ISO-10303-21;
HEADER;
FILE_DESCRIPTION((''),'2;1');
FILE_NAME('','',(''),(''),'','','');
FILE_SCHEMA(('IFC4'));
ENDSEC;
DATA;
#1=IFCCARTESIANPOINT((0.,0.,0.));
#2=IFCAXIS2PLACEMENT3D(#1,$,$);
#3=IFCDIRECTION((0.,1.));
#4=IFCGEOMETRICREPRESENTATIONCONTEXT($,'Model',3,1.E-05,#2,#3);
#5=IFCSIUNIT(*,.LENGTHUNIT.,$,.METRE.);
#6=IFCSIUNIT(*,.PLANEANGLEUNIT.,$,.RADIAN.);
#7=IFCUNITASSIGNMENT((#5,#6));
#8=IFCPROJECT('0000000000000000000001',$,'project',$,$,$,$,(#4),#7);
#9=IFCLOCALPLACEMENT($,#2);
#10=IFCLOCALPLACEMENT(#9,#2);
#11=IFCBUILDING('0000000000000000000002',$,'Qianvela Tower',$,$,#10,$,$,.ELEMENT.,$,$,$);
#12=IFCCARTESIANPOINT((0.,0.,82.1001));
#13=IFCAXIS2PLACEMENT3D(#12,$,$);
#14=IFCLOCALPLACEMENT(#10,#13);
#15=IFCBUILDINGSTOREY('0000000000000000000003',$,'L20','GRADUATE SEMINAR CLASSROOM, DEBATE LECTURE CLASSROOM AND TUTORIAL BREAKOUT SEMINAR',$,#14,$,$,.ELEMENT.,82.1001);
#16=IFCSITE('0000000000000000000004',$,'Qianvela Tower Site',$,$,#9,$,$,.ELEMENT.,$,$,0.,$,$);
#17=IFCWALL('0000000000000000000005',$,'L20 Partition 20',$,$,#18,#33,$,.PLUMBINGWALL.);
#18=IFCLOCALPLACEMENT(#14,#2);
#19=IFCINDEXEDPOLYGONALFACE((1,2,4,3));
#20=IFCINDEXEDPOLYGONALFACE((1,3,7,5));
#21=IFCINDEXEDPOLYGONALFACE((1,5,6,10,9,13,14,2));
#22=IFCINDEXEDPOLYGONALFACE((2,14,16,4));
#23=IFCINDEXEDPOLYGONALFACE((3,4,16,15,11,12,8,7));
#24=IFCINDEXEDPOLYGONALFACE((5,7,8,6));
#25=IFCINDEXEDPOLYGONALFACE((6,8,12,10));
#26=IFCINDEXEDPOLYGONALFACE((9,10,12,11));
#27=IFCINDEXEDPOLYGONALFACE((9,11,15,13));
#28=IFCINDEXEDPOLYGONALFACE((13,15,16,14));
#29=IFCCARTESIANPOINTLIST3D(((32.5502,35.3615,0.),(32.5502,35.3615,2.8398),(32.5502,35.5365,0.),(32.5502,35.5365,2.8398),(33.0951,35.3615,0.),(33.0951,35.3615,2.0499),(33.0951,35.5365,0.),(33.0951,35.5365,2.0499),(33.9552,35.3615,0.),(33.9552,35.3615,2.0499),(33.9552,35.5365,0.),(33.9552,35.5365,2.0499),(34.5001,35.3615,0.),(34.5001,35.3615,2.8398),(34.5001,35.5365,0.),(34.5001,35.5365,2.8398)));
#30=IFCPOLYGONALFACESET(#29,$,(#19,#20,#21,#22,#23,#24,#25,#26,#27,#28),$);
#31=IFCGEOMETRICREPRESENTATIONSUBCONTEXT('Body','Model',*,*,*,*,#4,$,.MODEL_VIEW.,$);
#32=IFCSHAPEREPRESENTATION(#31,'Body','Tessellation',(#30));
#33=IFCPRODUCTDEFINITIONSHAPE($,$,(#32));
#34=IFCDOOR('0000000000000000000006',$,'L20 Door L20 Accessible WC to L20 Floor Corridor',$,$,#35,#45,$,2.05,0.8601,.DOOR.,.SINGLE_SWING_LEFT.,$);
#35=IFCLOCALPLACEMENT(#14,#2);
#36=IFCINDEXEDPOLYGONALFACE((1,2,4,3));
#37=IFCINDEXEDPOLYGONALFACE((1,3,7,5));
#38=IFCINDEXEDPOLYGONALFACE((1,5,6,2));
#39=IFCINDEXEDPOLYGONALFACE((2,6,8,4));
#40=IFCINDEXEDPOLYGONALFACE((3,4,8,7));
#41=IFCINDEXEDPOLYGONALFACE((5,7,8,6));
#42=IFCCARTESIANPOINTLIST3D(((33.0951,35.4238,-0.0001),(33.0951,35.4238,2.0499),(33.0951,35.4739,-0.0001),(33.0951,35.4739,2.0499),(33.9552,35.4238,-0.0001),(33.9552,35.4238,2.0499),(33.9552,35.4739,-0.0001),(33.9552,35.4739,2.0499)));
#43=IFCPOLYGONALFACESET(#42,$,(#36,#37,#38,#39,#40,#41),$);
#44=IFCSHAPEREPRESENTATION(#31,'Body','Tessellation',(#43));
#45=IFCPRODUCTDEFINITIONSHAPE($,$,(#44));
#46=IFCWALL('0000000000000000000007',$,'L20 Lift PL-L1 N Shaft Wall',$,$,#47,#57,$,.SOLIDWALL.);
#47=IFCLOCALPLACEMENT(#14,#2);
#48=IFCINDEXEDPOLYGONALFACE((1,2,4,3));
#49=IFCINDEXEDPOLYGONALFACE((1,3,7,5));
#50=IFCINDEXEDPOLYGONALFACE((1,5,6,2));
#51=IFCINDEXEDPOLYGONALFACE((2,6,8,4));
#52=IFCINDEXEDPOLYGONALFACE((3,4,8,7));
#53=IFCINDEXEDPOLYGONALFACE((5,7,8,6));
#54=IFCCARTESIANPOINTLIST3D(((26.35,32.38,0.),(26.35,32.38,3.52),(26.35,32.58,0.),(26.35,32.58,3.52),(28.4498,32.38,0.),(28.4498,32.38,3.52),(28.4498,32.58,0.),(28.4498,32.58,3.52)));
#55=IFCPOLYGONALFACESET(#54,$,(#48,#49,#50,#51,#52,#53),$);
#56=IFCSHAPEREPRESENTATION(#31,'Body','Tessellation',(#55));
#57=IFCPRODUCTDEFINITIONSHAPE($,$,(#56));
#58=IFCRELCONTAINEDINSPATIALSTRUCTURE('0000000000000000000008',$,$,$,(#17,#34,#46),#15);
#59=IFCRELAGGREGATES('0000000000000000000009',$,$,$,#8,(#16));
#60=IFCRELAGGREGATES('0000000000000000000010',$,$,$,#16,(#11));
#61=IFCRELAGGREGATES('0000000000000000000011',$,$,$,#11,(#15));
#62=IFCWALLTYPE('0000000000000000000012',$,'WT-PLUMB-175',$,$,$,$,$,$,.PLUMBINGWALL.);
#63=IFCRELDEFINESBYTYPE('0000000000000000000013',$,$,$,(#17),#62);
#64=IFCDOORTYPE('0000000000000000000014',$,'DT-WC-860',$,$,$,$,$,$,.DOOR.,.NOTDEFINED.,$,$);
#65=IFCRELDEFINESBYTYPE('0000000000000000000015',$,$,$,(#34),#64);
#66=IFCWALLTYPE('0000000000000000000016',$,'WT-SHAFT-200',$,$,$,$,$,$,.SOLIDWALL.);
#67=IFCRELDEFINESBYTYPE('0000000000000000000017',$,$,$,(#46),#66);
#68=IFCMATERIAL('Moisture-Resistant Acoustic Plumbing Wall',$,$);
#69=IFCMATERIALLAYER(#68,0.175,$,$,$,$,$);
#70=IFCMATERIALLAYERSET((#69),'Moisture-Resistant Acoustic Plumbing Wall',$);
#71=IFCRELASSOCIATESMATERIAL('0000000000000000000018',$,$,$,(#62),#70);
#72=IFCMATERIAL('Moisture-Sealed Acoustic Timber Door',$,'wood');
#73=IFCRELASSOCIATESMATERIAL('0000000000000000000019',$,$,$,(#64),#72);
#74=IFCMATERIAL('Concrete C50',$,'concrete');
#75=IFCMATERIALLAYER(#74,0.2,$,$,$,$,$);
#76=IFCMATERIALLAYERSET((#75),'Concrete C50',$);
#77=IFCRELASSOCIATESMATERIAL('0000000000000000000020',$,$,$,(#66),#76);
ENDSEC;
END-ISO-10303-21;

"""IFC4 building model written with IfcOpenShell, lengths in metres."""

from ifc_helpers import new_model, si_unit, direction, frame, frame_2d, origin, place, context, subcontext, project, spatial, rectangle, extrude, material, layer, layer_set, type_object, element, fill, save


model = new_model("IFC4")

# Units and contexts
model_context = context("Model", 3, precision=1e-05, world=origin(), true_north=direction((0.0, 1.0)))
body_context = subcontext(model_context, "Body", "Model", "MODEL_VIEW")
ifc_project = project(units=[si_unit("LENGTHUNIT", "METRE"), si_unit("PLANEANGLEUNIT", "RADIAN")], contexts=[model_context])

# Site, building, storey
site_placement = place(None, origin())
site = spatial("IfcSite", under=ifc_project, at=site_placement, Name="Qianvela Tower Site", CompositionType="ELEMENT", RefElevation=0.0)
building_placement = place(site_placement, origin())
building = spatial("IfcBuilding", under=site, at=building_placement, Name="Qianvela Tower", CompositionType="ELEMENT")
storey_placement = place(building_placement, frame((0.0, 0.0, 82.1001)))
storey = spatial("IfcBuildingStorey", under=building, at=storey_placement, Name="L20", Description="GRADUATE SEMINAR CLASSROOM, DEBATE LECTURE CLASSROOM AND TUTORIAL BREAKOUT SEMINAR", CompositionType="ELEMENT", Elevation=82.1001)

# Wall, opening, door
ifc_material_1 = material(Name="Moisture-Resistant Acoustic Plumbing Wall")
ifc_layer_1 = layer(ifc_material_1, 0.175)
ifc_layer_set_1 = layer_set([ifc_layer_1], Name="Moisture-Resistant Acoustic Plumbing Wall")
wall_type_1 = type_object("IfcWallType", Name="WT-PLUMB-175", PredefinedType="PLUMBINGWALL", material=ifc_layer_set_1)
wall_1_placement = place(storey_placement, frame((32.55, 35.449, 0.0), z_axis=(0.0, 0.0, 1.0), x_axis=(1.0, 0.0, 0.0)))
wall_1 = element("IfcWall", 1, at=wall_1_placement, inside=storey, type_object=wall_type_1, Name="L20 Partition 20", PredefinedType="PLUMBINGWALL", context=body_context, shape_type="SweptSolid", body=[
    extrude(rectangle(XDim=1.95, YDim=0.175, at=frame_2d((0.9751, 0.0))), origin(), (0.0, 0.0, 1.0), 2.8398),
])
opening_1_placement = place(wall_1_placement, frame((0.5449, 0.0, 0.0)))
opening_1 = element("IfcOpeningElement", 2, at=opening_1_placement, cuts=wall_1, PredefinedType="OPENING", context=body_context, shape_type="SweptSolid", body=[
    extrude(rectangle(XDim=0.8601, YDim=2.05, at=frame_2d((0.4302, 1.0249))), frame((0.0, 0.0974, 0.0), z_axis=(0.0, -1.0, 0.0), x_axis=(1.0, 0.0, 0.0)), (0.0, 0.0, 1.0), 0.1951),
])
ifc_material_2 = material(Name="Moisture-Sealed Acoustic Timber Door", Category="wood")
door_type_1 = type_object("IfcDoorType", Name="DT-WC-860", OperationType="NOTDEFINED", PredefinedType="DOOR", material=ifc_material_2)
door_1_placement = place(opening_1_placement, origin())
door_1 = element("IfcDoor", 3, at=door_1_placement, inside=storey, type_object=door_type_1, Name="L20 Door L20 Accessible WC to L20 Floor Corridor", OperationType="SINGLE_SWING_LEFT", OverallHeight=2.05, OverallWidth=0.8601, PredefinedType="DOOR", context=body_context, shape_type="SweptSolid", body=[
    extrude(rectangle(XDim=0.8601, YDim=2.05, at=frame_2d((0.4302, 1.0249))), frame((0.0, 0.0249, 0.0), z_axis=(0.0, -1.0, 0.0), x_axis=(1.0, 0.0, 0.0)), (0.0, 0.0, 1.0), 0.05),
])
fill(opening_1, door_1)

# Wall
ifc_material_3 = material(Name="Concrete C50", Category="concrete")
ifc_layer_2 = layer(ifc_material_3, 0.2)
ifc_layer_set_2 = layer_set([ifc_layer_2], Name="Concrete C50")
wall_type_2 = type_object("IfcWallType", Name="WT-SHAFT-200", PredefinedType="SOLIDWALL", material=ifc_layer_set_2)
wall_2_placement = place(storey_placement, frame((26.3501, 32.48, 0.0), z_axis=(0.0, 0.0, 1.0), x_axis=(1.0, 0.0, 0.0)))
element("IfcWall", 4, at=wall_2_placement, inside=storey, type_object=wall_type_2, Name="L20 Lift PL-L1 N Shaft Wall", PredefinedType="SOLIDWALL", context=body_context, shape_type="SweptSolid", body=[
    extrude(rectangle(XDim=2.0999, YDim=0.2, at=frame_2d((1.0498, 0.0))), origin(), (0.0, 0.0, 1.0), 3.52),
])

save(model, "model.ifc")
